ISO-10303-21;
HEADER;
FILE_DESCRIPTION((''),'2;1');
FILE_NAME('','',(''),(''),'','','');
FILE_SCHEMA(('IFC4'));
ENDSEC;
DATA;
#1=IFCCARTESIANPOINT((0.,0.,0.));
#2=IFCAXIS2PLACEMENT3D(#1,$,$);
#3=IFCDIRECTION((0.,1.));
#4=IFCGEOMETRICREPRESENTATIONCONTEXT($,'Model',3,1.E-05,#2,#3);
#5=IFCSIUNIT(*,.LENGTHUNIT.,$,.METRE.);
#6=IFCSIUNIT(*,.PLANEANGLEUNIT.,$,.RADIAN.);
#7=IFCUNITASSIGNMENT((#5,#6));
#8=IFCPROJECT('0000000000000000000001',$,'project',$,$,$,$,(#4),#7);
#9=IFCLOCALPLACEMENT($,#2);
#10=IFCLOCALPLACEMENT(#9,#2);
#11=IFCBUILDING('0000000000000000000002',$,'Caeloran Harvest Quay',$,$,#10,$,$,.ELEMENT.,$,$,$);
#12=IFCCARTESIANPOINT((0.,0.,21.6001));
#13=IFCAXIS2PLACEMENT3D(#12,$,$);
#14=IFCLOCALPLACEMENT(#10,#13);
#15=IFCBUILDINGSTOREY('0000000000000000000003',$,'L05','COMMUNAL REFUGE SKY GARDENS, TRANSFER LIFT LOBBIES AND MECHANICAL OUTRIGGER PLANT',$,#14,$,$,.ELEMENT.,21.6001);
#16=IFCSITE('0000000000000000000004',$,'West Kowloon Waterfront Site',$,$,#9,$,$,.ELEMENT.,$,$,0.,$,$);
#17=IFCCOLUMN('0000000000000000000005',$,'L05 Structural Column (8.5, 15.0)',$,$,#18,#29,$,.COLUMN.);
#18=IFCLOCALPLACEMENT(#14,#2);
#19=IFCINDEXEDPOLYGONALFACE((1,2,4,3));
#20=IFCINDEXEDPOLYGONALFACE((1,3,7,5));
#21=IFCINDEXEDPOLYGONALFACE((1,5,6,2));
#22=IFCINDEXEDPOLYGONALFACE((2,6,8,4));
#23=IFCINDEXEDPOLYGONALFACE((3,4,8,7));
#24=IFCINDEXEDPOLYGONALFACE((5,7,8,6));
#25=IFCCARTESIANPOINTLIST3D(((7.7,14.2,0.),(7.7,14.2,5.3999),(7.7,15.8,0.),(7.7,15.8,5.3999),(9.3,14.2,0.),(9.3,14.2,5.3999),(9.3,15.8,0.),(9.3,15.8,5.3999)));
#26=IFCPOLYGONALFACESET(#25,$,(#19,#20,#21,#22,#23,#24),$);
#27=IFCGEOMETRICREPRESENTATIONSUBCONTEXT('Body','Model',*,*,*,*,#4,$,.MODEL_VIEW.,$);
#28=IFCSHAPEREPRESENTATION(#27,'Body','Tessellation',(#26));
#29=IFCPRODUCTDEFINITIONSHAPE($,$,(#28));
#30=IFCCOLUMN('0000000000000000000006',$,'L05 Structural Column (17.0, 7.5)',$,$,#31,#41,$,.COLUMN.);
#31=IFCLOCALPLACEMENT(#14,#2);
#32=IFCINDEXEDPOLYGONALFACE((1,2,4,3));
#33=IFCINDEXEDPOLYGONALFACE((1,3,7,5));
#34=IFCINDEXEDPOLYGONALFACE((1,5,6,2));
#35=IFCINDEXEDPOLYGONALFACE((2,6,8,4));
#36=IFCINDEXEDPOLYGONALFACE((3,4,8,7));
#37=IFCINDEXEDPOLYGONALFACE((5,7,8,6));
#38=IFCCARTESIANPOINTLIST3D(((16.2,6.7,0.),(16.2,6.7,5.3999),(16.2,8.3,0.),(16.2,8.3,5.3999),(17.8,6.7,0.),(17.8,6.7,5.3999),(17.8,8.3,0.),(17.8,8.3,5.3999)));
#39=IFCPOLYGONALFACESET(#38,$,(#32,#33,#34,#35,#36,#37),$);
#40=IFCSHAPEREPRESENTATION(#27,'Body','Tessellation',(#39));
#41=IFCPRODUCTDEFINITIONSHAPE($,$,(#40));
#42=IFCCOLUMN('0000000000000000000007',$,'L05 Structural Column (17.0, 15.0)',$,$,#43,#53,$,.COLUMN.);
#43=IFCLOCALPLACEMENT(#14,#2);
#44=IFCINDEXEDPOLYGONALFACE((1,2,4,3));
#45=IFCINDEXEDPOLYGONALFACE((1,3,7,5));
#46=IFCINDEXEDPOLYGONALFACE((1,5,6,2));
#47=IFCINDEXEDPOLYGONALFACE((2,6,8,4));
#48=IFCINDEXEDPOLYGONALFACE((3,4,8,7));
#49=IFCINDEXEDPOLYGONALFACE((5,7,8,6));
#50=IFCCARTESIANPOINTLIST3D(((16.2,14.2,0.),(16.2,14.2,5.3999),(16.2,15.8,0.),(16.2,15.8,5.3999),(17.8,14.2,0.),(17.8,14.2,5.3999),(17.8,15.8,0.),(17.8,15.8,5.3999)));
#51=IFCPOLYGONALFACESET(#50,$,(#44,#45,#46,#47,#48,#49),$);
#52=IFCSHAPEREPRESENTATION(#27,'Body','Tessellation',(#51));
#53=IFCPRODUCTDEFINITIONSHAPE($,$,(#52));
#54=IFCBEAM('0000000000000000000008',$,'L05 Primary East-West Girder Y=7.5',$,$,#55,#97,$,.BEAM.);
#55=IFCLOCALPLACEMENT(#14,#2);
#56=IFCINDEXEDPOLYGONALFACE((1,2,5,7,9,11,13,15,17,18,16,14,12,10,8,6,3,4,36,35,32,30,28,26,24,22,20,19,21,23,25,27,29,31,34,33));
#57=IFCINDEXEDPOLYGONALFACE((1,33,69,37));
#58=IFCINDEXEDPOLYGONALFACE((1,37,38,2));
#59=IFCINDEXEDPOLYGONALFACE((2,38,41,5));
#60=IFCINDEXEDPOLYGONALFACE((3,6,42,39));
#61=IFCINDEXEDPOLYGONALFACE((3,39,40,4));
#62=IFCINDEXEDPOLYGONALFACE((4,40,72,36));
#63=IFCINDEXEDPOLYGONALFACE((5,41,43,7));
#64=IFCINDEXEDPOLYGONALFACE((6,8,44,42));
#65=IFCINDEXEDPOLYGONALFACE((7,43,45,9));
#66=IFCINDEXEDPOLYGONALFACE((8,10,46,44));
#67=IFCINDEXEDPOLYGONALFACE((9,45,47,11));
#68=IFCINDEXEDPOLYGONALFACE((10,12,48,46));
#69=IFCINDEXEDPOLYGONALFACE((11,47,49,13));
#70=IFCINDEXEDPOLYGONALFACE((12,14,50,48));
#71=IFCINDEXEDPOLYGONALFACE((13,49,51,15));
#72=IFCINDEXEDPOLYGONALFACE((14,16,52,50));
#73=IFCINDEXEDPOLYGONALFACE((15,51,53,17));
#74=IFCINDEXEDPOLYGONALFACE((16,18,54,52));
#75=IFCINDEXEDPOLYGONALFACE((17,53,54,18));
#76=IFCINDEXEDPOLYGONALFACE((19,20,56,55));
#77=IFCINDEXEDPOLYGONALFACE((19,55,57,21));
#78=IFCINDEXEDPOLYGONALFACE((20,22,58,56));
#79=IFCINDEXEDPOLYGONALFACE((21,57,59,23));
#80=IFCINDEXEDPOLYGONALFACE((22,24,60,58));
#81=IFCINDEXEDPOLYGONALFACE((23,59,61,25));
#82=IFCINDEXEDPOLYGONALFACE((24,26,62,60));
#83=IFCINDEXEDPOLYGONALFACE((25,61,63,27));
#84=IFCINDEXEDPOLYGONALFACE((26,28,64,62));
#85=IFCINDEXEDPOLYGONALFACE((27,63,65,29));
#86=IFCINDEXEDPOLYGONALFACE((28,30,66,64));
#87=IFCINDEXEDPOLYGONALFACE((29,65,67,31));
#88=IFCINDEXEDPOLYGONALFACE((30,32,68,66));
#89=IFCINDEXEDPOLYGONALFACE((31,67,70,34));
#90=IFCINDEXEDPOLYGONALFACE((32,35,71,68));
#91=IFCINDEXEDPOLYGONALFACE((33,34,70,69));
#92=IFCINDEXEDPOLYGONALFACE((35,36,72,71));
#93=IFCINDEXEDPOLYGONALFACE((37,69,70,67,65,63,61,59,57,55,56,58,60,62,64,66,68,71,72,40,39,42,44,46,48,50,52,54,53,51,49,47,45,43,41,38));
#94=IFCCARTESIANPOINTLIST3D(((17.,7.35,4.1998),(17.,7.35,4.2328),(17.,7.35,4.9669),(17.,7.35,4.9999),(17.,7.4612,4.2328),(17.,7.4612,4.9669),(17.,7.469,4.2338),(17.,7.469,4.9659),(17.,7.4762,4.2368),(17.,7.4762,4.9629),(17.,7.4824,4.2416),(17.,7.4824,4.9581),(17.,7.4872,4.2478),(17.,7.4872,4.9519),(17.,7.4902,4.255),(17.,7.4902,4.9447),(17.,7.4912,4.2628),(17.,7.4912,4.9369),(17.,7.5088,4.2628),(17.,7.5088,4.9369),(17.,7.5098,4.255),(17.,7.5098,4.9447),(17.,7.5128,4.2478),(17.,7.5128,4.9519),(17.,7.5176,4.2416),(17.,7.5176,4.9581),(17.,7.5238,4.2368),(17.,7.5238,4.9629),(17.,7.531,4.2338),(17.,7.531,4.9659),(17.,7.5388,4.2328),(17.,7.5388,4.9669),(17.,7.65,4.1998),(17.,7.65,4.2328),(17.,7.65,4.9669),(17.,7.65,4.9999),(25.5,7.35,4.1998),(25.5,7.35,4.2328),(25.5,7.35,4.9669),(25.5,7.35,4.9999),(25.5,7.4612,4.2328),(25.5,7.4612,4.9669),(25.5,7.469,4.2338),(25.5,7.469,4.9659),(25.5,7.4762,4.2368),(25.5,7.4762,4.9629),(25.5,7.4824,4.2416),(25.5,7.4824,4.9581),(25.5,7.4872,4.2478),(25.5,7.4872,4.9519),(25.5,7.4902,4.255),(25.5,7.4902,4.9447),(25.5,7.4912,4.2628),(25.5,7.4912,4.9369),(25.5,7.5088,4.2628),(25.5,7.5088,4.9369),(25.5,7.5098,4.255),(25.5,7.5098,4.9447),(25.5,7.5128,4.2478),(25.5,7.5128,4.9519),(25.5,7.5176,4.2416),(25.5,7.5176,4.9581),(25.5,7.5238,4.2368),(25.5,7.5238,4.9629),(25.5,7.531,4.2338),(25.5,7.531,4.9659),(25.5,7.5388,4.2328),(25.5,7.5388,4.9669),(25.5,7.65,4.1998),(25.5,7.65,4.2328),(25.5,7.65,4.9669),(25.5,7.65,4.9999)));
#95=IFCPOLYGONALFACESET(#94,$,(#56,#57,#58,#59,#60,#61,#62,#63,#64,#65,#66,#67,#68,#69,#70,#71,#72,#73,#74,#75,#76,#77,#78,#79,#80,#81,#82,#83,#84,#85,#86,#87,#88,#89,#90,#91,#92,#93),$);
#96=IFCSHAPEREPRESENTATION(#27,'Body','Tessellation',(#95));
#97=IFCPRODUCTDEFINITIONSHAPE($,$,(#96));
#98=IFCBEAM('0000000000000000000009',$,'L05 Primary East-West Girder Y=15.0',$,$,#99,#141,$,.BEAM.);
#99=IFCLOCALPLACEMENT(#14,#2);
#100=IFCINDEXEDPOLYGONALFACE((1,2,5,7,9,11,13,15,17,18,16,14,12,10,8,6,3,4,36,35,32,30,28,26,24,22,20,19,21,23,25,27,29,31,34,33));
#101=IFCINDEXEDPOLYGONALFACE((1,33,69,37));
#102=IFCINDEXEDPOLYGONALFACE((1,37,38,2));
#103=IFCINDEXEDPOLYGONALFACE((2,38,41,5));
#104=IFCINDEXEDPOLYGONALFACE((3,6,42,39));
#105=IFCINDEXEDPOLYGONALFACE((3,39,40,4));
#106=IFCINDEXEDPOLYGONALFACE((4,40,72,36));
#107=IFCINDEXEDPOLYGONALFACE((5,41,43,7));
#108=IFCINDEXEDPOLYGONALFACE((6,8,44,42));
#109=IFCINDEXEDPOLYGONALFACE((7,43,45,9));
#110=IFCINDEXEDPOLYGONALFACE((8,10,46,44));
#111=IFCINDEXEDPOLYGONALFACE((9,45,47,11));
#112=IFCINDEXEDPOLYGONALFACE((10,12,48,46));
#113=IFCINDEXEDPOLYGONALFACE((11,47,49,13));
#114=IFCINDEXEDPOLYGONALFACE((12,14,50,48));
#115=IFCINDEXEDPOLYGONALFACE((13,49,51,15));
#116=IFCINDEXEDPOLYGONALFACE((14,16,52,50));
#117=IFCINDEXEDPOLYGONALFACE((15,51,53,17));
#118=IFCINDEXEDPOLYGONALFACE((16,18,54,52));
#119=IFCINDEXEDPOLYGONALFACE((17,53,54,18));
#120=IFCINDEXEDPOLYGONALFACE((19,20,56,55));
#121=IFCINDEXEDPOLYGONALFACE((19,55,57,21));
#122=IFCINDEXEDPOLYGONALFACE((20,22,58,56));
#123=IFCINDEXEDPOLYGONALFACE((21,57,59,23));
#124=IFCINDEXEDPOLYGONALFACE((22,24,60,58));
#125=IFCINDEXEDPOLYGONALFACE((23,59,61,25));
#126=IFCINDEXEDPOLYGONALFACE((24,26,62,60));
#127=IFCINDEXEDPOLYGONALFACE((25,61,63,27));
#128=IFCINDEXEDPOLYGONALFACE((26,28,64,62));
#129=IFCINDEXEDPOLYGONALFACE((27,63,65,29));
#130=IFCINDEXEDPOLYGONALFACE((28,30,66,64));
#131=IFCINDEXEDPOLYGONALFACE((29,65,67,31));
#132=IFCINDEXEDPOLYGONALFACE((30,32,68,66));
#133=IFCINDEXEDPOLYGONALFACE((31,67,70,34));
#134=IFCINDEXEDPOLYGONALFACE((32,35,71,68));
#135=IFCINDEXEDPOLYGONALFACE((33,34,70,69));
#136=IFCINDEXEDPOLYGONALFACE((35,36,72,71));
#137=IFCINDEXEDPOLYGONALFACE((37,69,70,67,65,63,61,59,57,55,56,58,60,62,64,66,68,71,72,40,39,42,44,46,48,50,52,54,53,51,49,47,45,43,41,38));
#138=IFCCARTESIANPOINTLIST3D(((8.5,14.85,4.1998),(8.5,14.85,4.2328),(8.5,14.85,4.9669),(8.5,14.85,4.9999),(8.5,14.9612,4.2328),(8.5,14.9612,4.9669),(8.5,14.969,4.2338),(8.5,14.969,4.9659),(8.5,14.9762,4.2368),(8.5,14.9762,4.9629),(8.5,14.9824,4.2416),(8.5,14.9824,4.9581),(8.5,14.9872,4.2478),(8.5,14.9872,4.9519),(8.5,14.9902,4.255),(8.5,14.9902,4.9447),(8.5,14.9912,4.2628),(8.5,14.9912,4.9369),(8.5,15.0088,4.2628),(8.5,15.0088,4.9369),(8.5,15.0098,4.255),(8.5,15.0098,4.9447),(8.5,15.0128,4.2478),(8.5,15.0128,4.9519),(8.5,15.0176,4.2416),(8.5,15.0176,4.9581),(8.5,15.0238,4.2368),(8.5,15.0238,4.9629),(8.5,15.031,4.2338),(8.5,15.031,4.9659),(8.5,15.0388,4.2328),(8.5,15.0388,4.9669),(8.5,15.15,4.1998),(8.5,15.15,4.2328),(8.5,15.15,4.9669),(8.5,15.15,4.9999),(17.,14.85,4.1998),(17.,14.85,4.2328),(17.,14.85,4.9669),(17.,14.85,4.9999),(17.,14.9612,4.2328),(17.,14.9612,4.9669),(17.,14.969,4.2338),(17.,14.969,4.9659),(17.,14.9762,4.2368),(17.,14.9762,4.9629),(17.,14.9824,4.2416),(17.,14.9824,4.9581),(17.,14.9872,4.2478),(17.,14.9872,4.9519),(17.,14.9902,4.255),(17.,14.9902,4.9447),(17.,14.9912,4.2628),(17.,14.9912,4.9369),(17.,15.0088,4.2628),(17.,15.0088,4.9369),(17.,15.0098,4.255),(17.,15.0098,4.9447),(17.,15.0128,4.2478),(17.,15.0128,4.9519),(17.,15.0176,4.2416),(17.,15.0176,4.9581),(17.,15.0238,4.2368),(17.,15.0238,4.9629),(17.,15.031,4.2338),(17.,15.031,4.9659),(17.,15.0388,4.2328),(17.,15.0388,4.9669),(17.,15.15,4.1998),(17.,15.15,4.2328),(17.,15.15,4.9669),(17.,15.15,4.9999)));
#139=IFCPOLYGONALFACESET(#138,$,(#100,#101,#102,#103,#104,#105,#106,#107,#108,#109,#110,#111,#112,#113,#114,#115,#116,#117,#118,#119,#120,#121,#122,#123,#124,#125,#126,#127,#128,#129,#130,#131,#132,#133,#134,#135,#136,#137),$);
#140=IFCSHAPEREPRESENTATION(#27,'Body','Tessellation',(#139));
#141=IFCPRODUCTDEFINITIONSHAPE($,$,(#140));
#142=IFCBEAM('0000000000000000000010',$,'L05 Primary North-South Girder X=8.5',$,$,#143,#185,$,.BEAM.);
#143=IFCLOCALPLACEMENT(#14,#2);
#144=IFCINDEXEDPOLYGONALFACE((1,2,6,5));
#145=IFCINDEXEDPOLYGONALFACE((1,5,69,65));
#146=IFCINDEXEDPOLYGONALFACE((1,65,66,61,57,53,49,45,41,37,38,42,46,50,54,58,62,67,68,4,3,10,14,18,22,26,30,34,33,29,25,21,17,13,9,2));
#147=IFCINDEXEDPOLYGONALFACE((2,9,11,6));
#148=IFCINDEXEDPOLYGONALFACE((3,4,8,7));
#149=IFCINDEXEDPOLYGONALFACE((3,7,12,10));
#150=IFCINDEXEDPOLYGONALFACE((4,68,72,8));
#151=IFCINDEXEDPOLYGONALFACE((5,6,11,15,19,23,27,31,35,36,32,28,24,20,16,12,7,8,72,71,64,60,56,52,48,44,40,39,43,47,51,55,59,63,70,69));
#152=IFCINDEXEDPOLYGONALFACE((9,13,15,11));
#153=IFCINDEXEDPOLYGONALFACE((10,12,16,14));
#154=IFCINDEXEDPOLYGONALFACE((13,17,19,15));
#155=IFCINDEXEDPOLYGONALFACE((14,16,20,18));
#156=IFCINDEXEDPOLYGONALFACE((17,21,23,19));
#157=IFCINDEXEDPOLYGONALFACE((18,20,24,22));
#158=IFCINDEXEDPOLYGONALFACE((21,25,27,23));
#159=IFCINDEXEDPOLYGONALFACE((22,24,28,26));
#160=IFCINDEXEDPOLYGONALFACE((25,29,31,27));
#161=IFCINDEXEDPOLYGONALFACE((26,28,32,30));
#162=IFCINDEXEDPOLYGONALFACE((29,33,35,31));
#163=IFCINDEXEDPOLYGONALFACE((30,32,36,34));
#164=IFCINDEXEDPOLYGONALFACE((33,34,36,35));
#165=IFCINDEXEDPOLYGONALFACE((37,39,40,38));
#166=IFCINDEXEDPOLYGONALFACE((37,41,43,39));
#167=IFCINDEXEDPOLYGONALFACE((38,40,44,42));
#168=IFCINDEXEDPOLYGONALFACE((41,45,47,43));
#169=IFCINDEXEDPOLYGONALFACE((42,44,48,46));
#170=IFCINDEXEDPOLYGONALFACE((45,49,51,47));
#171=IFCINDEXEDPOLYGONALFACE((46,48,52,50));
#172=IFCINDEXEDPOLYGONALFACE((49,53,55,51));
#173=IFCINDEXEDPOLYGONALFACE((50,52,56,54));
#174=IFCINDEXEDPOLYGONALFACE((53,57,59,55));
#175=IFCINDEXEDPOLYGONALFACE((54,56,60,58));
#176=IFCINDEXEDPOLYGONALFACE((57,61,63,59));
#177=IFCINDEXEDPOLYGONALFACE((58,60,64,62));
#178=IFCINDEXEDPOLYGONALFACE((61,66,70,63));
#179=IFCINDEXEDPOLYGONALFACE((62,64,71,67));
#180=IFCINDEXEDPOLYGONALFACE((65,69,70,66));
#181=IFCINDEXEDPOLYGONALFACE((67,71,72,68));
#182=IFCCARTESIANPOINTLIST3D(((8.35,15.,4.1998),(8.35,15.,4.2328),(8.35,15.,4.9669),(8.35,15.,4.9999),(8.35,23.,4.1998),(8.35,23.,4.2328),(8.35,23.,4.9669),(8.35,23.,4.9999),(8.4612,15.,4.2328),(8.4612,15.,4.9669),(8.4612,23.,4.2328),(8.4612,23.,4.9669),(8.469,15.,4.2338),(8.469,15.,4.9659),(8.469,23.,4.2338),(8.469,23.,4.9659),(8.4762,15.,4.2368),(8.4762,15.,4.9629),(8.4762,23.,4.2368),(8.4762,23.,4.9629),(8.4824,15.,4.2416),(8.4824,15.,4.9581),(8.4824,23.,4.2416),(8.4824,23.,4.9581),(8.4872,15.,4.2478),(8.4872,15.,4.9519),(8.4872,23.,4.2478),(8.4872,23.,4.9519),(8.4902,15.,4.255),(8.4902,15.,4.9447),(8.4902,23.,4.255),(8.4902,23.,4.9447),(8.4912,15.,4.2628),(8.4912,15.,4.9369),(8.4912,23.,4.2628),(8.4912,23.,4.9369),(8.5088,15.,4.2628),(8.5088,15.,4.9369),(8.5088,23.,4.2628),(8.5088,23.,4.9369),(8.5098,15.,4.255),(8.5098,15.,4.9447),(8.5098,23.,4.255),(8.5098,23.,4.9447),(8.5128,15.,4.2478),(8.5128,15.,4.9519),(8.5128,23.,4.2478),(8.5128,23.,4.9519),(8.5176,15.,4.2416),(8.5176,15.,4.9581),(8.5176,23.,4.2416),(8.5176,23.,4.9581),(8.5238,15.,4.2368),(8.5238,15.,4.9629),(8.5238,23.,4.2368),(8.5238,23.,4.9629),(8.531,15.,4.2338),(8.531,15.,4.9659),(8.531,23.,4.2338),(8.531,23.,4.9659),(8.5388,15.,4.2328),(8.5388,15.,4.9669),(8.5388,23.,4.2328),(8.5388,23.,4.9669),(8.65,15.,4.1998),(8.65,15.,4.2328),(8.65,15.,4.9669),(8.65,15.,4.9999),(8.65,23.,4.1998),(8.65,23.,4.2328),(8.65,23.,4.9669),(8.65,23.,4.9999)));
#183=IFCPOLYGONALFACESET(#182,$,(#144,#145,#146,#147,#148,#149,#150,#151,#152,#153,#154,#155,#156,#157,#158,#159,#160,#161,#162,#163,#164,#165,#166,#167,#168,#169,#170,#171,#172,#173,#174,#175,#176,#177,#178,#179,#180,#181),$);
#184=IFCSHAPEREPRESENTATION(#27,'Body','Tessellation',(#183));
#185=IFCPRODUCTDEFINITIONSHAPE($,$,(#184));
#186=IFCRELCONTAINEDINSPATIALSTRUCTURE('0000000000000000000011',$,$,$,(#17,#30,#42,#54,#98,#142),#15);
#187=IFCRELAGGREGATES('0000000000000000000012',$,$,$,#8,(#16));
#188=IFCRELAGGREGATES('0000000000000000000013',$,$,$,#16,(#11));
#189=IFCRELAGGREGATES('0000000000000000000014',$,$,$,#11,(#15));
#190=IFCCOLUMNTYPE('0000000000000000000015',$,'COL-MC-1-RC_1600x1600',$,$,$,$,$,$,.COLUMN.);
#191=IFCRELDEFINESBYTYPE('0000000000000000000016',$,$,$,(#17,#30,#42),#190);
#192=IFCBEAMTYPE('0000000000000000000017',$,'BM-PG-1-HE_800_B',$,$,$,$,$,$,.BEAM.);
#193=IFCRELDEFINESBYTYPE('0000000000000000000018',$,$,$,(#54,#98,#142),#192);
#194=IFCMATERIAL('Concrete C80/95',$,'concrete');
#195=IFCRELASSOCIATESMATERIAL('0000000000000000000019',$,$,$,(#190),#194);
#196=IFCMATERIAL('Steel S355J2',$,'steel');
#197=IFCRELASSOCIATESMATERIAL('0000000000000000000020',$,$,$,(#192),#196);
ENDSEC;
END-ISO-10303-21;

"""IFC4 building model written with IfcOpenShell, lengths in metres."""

from ifc_helpers import new_model, si_unit, direction, frame, origin, origin_2d, place, context, subcontext, project, spatial, rectangle, i_section, extrude, material, material_profile, profile_set, type_object, element, save


model = new_model("IFC4")

# Units and contexts
model_context = context("Model", 3, precision=1e-05, world=origin(), true_north=direction((0.0, 1.0)))
body_context = subcontext(model_context, "Body", "Model", "MODEL_VIEW")
ifc_project = project(units=[si_unit("LENGTHUNIT", "METRE"), si_unit("PLANEANGLEUNIT", "RADIAN")], contexts=[model_context])

# Site, building, storey
site_placement = place(None, origin())
site = spatial("IfcSite", under=ifc_project, at=site_placement, Name="West Kowloon Waterfront Site", CompositionType="ELEMENT", RefElevation=0.0)
building_placement = place(site_placement, origin())
building = spatial("IfcBuilding", under=site, at=building_placement, Name="Caeloran Harvest Quay", CompositionType="ELEMENT")
storey_placement = place(building_placement, frame((0.0, 0.0, 21.6001)))
storey = spatial("IfcBuildingStorey", under=building, at=storey_placement, Name="L05", Description="COMMUNAL REFUGE SKY GARDENS, TRANSFER LIFT LOBBIES AND MECHANICAL OUTRIGGER PLANT", CompositionType="ELEMENT", Elevation=21.6001)

# Columns
ifc_material_1 = material(Name="Concrete C80/95", Category="concrete")
ifc_material_profile_1 = material_profile(ifc_material_1, rectangle(XDim=1.6001, YDim=1.6001, at=origin_2d()), Name="RC 1600x1600")
ifc_profile_set_1 = profile_set([ifc_material_profile_1], Name="Concrete C80/95")
column_type = type_object("IfcColumnType", Name="COL-MC-1-RC_1600x1600", PredefinedType="COLUMN", material=ifc_profile_set_1)
for number, where, z_axis, x_axis, name in (
    (1, (8.5, 15.0, 0.0), (0.0, 0.0, 1.0), (1.0, 0.0, 0.0), "L05 Structural Column (8.5, 15.0)"),
    (2, (17.0, 7.5, 0.0), (0.0, 0.0, 1.0), (1.0, 0.0, 0.0), "L05 Structural Column (17.0, 7.5)"),
    (3, (17.0, 15.0, 0.0), (0.0, 0.0, 1.0), (1.0, 0.0, 0.0), "L05 Structural Column (17.0, 15.0)"),
):
    element("IfcColumn", number, at=place(storey_placement, frame(where, z_axis=z_axis, x_axis=x_axis)), inside=storey, type_object=column_type, Name=name, PredefinedType="COLUMN", context=body_context, shape_type="SweptSolid", body=[
        extrude(rectangle(XDim=1.6001, YDim=1.6001, at=origin_2d()), origin(), (0.0, 0.0, 1.0), 5.3999),
    ])

# Beams
ifc_material_2 = material(Name="Steel S355J2", Category="steel")
ifc_material_profile_2 = material_profile(ifc_material_2, i_section(OverallWidth=0.3, OverallDepth=0.8, WebThickness=0.0176, FlangeThickness=0.033, FilletRadius=0.03, at=origin_2d()), Name="HE 800 B")
ifc_profile_set_2 = profile_set([ifc_material_profile_2], Name="Steel S355J2")
beam_type_1 = type_object("IfcBeamType", Name="BM-PG-1-HE_800_B", PredefinedType="BEAM", material=ifc_profile_set_2)
for number, where, z_axis, x_axis, name in (
    (4, (17.0, 7.5, 4.5999), (1.0, 0.0, 0.0), (0.0, 1.0, 0.0), "L05 Primary East-West Girder Y=7.5"),
    (5, (8.5, 15.0, 4.5999), (1.0, 0.0, 0.0), (0.0, 1.0, 0.0), "L05 Primary East-West Girder Y=15.0"),
):
    element("IfcBeam", number, at=place(storey_placement, frame(where, z_axis=z_axis, x_axis=x_axis)), inside=storey, type_object=beam_type_1, Name=name, PredefinedType="BEAM", context=body_context, shape_type="SweptSolid", body=[
        extrude(i_section(OverallWidth=0.3, OverallDepth=0.8, WebThickness=0.0176, FlangeThickness=0.033, FilletRadius=0.03, at=origin_2d()), origin(), (0.0, 0.0, 1.0), 8.5),
    ])
beam_1_placement = place(storey_placement, frame((8.5, 15.0, 4.5999), z_axis=(0.0, 1.0, 0.0), x_axis=(-1.0, 0.0, 0.0)))
element("IfcBeam", 6, at=beam_1_placement, inside=storey, type_object=beam_type_1, Name="L05 Primary North-South Girder X=8.5", PredefinedType="BEAM", context=body_context, shape_type="SweptSolid", body=[
    extrude(i_section(OverallWidth=0.3, OverallDepth=0.8, WebThickness=0.0176, FlangeThickness=0.033, FilletRadius=0.03, at=origin_2d()), origin(), (0.0, 0.0, 1.0), 8.0),
])

save(model, "model.ifc")
